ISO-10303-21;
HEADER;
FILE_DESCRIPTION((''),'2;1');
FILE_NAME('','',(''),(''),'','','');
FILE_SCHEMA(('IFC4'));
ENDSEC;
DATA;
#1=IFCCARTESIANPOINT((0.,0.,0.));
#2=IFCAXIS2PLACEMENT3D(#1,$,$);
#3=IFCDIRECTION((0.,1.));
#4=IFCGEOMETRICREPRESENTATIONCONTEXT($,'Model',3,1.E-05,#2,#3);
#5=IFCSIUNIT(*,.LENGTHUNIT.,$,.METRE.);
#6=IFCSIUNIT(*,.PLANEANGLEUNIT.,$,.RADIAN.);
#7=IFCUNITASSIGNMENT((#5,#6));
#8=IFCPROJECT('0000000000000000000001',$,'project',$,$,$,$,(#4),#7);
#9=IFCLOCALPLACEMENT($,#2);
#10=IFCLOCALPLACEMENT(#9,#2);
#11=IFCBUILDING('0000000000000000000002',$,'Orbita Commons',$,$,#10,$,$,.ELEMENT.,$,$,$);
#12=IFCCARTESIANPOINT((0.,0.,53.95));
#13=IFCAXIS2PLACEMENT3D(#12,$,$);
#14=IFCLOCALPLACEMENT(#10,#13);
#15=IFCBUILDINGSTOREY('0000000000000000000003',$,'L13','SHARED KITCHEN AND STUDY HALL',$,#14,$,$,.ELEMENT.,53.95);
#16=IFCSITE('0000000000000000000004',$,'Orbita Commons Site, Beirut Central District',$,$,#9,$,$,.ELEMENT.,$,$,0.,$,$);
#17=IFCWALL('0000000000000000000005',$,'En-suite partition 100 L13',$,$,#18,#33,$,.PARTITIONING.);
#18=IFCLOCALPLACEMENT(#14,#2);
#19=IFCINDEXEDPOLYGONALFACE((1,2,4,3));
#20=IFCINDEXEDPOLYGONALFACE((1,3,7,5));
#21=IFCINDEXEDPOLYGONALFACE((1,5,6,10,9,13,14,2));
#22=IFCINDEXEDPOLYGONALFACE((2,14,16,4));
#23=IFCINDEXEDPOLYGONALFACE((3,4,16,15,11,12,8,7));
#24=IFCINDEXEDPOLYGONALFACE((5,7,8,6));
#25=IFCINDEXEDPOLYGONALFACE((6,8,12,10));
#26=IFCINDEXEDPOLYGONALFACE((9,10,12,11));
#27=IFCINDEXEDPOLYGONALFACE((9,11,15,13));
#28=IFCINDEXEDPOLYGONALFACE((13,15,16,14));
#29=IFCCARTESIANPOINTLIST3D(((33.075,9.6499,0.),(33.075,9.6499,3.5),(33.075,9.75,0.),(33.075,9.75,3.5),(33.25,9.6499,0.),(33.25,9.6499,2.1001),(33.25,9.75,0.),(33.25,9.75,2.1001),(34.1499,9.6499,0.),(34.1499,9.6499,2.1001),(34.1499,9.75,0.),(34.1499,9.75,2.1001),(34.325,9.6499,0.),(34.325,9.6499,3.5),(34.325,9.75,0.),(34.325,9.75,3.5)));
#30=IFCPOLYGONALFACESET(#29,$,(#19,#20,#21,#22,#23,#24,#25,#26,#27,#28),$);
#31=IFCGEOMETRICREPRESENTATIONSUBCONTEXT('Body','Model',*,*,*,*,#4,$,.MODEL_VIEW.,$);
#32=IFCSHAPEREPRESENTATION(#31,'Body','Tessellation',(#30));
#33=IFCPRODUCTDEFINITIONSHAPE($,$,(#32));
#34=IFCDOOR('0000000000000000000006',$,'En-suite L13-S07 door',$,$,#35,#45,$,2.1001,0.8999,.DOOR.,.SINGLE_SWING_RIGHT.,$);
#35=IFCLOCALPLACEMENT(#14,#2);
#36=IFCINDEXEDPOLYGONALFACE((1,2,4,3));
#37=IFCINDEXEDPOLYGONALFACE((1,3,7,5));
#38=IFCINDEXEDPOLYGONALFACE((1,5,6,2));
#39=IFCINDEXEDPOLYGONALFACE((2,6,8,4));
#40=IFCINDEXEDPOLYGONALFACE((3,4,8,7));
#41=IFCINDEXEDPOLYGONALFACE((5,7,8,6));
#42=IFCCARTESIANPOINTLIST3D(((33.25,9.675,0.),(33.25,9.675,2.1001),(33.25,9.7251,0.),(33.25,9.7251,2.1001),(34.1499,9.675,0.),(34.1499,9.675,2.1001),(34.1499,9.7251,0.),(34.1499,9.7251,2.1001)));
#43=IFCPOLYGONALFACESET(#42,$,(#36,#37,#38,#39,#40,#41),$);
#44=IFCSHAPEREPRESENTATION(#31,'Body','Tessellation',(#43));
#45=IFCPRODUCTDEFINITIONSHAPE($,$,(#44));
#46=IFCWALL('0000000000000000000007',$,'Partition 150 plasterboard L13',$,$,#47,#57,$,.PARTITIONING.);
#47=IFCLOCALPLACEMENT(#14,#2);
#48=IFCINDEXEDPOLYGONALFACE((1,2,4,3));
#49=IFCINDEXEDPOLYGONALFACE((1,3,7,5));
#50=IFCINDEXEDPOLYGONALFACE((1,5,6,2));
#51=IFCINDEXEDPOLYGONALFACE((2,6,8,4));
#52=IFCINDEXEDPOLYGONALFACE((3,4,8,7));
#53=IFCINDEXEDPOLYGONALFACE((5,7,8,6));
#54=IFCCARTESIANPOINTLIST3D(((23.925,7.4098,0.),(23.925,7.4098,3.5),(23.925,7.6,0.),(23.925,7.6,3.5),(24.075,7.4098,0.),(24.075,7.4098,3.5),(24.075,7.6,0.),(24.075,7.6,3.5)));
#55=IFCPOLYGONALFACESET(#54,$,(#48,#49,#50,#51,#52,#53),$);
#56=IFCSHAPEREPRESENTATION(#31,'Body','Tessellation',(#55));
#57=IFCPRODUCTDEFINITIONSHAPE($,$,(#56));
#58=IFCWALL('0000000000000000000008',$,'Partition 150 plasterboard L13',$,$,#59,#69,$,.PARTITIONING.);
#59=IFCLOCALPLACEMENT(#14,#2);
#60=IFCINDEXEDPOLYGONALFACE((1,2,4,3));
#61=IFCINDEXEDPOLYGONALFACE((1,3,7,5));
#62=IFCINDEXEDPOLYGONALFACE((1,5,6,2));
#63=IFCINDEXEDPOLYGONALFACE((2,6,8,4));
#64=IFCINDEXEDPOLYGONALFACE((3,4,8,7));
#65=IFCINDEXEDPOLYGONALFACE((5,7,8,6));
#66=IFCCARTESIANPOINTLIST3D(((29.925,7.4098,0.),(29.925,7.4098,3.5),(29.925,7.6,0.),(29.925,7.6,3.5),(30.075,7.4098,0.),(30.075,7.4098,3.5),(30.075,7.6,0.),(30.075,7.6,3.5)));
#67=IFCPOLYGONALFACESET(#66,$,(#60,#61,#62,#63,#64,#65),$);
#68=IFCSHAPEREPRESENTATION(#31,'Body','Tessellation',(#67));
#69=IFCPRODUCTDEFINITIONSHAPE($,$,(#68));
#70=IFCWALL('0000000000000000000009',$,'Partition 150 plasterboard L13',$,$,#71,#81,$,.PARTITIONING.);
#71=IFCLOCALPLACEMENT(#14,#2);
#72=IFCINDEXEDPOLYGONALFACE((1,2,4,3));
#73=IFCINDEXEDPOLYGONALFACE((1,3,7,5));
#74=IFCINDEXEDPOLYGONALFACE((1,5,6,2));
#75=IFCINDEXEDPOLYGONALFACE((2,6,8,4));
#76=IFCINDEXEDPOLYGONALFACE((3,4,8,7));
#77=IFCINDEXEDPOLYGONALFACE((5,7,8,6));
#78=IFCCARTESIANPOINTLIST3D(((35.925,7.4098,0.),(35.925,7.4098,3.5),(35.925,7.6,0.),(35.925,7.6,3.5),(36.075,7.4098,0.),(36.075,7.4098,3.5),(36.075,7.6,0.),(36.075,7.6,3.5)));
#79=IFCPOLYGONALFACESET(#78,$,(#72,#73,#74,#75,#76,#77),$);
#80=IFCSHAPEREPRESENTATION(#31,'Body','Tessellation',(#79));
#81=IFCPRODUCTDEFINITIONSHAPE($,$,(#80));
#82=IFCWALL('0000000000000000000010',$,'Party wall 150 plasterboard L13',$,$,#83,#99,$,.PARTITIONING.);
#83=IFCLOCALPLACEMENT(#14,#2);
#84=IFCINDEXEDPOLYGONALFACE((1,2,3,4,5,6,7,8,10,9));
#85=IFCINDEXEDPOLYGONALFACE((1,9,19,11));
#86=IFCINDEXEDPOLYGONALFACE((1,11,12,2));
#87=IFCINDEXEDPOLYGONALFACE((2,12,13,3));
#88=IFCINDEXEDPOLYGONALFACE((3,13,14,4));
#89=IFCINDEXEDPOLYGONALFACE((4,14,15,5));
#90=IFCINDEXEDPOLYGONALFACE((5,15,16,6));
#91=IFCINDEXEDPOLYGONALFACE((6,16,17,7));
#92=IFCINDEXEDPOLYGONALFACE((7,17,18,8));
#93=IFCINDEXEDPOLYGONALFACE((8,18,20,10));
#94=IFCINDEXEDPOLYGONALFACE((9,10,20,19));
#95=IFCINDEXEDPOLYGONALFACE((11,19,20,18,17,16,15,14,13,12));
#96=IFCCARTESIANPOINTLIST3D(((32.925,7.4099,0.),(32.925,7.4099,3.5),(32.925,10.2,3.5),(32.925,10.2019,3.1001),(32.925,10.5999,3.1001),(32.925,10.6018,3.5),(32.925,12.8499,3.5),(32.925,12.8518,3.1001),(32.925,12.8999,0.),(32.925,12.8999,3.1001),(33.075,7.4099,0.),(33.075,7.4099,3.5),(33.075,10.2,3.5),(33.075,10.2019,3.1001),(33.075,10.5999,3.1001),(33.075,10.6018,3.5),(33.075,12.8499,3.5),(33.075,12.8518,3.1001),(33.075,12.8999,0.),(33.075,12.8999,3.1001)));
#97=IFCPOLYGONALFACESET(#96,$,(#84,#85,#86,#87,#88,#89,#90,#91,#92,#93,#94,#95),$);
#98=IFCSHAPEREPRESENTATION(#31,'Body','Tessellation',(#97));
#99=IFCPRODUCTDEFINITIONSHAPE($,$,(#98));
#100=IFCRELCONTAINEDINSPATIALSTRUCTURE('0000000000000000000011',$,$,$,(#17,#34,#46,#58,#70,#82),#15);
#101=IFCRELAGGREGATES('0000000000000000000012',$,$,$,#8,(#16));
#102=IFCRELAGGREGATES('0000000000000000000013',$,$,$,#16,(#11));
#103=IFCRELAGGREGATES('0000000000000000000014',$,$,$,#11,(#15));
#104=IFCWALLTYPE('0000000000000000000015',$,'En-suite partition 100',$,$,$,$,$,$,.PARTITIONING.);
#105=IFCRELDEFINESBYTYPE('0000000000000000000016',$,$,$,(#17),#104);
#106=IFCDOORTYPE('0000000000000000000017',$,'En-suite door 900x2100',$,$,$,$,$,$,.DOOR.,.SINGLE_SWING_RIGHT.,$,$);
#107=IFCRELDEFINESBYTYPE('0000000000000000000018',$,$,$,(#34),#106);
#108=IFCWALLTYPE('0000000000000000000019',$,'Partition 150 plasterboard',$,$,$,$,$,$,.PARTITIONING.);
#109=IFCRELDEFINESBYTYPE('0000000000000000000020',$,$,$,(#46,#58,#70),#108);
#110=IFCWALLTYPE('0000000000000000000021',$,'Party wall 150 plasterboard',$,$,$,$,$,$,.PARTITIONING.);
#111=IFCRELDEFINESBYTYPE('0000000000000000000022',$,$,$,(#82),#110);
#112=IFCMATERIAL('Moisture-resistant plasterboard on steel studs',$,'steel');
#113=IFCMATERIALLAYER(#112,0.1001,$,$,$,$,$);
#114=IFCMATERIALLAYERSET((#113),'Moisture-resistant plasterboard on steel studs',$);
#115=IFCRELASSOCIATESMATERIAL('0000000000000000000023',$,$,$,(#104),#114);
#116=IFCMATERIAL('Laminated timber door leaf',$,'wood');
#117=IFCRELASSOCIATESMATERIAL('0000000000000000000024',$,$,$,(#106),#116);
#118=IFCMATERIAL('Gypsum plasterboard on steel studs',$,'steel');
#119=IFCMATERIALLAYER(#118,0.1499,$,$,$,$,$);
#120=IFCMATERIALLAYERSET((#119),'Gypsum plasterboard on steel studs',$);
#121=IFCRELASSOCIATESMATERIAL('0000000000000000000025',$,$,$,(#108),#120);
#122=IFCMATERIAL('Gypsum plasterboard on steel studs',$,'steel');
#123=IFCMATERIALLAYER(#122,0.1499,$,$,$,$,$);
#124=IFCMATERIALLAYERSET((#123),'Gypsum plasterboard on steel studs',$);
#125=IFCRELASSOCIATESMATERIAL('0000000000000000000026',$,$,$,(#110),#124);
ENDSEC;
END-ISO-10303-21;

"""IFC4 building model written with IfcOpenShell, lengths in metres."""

from ifc_helpers import new_model, si_unit, direction, frame, frame_2d, origin, place, context, subcontext, project, spatial, polyline, rectangle, outline, extrude, material, layer, layer_set, type_object, element, fill, save


model = new_model("IFC4")

# Units and contexts
model_context = context("Model", 3, precision=1e-05, world=origin(), true_north=direction((0.0, 1.0)))
body_context = subcontext(model_context, "Body", "Model", "MODEL_VIEW")
ifc_project = project(units=[si_unit("LENGTHUNIT", "METRE"), si_unit("PLANEANGLEUNIT", "RADIAN")], contexts=[model_context])

# Site, building, storey
site_placement = place(None, origin())
site = spatial("IfcSite", under=ifc_project, at=site_placement, Name="Orbita Commons Site, Beirut Central District", CompositionType="ELEMENT", RefElevation=0.0)
building_placement = place(site_placement, origin())
building = spatial("IfcBuilding", under=site, at=building_placement, Name="Orbita Commons", CompositionType="ELEMENT")
storey_placement = place(building_placement, frame((0.0, 0.0, 53.95)))
storey = spatial("IfcBuildingStorey", under=building, at=storey_placement, Name="L13", Description="SHARED KITCHEN AND STUDY HALL", CompositionType="ELEMENT", Elevation=53.95)

# Wall, opening, door
ifc_material_1 = material(Name="Moisture-resistant plasterboard on steel studs", Category="steel")
ifc_layer_1 = layer(ifc_material_1, 0.1001)
ifc_layer_set_1 = layer_set([ifc_layer_1], Name="Moisture-resistant plasterboard on steel studs")
wall_type_1 = type_object("IfcWallType", Name="En-suite partition 100", PredefinedType="PARTITIONING", material=ifc_layer_set_1)
ifc_material_2 = material(Name="Laminated timber door leaf", Category="wood")
door_type = type_object("IfcDoorType", Name="En-suite door 900x2100", OperationType="SINGLE_SWING_RIGHT", PredefinedType="DOOR", material=ifc_material_2)
wall_1_placement = place(storey_placement, frame((34.325, 9.7, 0.0), z_axis=(0.0, 0.0, 1.0), x_axis=(-1.0, 0.0, 0.0)))
wall_1 = element("IfcWall", 1, at=wall_1_placement, inside=storey, type_object=wall_type_1, Name="En-suite partition 100 L13", PredefinedType="PARTITIONING", context=body_context, shape_type="SweptSolid", body=[
    extrude(rectangle(XDim=1.25, YDim=0.1001, at=frame_2d((0.625, 0.0))), origin(), (0.0, 0.0, 1.0), 3.5),
])
opening_1_placement = place(wall_1_placement, frame((0.175, 0.0, 0.0)))
opening_1 = element("IfcOpeningElement", 2, at=opening_1_placement, cuts=wall_1, PredefinedType="OPENING", context=body_context, shape_type="SweptSolid", body=[
    extrude(rectangle(XDim=0.8999, YDim=2.1001, at=frame_2d((0.45, 1.05))), frame((0.0, 0.0601, 0.0), z_axis=(0.0, -1.0, 0.0), x_axis=(1.0, 0.0, 0.0)), (0.0, 0.0, 1.0), 0.1201),
])
door_1_placement = place(opening_1_placement, origin())
door_1 = element("IfcDoor", 3, at=door_1_placement, inside=storey, type_object=door_type, Name="En-suite L13-S07 door", OperationType="SINGLE_SWING_RIGHT", OverallHeight=2.1001, OverallWidth=0.8999, PredefinedType="DOOR", context=body_context, shape_type="SweptSolid", body=[
    extrude(rectangle(XDim=0.8999, YDim=2.1001, at=frame_2d((0.45, 1.05))), frame((0.0, 0.0249, 0.0), z_axis=(0.0, -1.0, 0.0), x_axis=(1.0, 0.0, 0.0)), (0.0, 0.0, 1.0), 0.05),
])
fill(opening_1, door_1)

# Walls
ifc_material_3 = material(Name="Gypsum plasterboard on steel studs", Category="steel")
ifc_layer_2 = layer(ifc_material_3, 0.1499)
ifc_layer_set_2 = layer_set([ifc_layer_2], Name="Gypsum plasterboard on steel studs")
wall_type_2 = type_object("IfcWallType", Name="Partition 150 plasterboard", PredefinedType="PARTITIONING", material=ifc_layer_set_2)
for number, where, z_axis, x_axis, name in (
    (4, (24.0, 7.6001, 0.0), (0.0, 0.0, 1.0), (0.0, -1.0, 0.0), "Partition 150 plasterboard L13"),
    (5, (30.0, 7.6001, 0.0), (0.0, 0.0, 1.0), (0.0, -1.0, 0.0), "Partition 150 plasterboard L13"),
    (6, (36.0, 7.6001, 0.0), (0.0, 0.0, 1.0), (0.0, -1.0, 0.0), "Partition 150 plasterboard L13"),
):
    element("IfcWall", number, at=place(storey_placement, frame(where, z_axis=z_axis, x_axis=x_axis)), inside=storey, type_object=wall_type_2, Name=name, PredefinedType="PARTITIONING", context=body_context, shape_type="SweptSolid", body=[
        extrude(rectangle(XDim=0.1902, YDim=0.1499, at=frame_2d((0.0952, 0.0))), origin(), (0.0, 0.0, 1.0), 3.5),
    ])
ifc_material_4 = material(Name="Gypsum plasterboard on steel studs", Category="steel")
ifc_layer_3 = layer(ifc_material_4, 0.1499)
ifc_layer_set_3 = layer_set([ifc_layer_3], Name="Gypsum plasterboard on steel studs")
wall_type_3 = type_object("IfcWallType", Name="Party wall 150 plasterboard", PredefinedType="PARTITIONING", material=ifc_layer_set_3)
wall_2_placement = place(storey_placement, frame((33.0, 7.4099, 0.0), z_axis=(0.0, 0.0, 1.0), x_axis=(0.0, 1.0, 0.0)))
element("IfcWall", 7, at=wall_2_placement, inside=storey, type_object=wall_type_3, Name="Party wall 150 plasterboard L13", PredefinedType="PARTITIONING", context=body_context, shape_type="SweptSolid", body=[
    extrude(outline(polyline([(0.0, 0.0), (5.49, 0.0), (5.49, 3.1001), (5.4419, 3.1001), (5.4399, 3.5), (3.1919, 3.5), (3.1899, 3.1001), (2.792, 3.1001), (2.79, 3.5), (0.0, 3.5), (0.0, 0.0)])), frame((0.0, 0.075, 0.0), z_axis=(0.0, -1.0, 0.0), x_axis=(1.0, 0.0, 0.0)), (0.0, 0.0, 1.0), 0.1499),
])

save(model, "model.ifc")
